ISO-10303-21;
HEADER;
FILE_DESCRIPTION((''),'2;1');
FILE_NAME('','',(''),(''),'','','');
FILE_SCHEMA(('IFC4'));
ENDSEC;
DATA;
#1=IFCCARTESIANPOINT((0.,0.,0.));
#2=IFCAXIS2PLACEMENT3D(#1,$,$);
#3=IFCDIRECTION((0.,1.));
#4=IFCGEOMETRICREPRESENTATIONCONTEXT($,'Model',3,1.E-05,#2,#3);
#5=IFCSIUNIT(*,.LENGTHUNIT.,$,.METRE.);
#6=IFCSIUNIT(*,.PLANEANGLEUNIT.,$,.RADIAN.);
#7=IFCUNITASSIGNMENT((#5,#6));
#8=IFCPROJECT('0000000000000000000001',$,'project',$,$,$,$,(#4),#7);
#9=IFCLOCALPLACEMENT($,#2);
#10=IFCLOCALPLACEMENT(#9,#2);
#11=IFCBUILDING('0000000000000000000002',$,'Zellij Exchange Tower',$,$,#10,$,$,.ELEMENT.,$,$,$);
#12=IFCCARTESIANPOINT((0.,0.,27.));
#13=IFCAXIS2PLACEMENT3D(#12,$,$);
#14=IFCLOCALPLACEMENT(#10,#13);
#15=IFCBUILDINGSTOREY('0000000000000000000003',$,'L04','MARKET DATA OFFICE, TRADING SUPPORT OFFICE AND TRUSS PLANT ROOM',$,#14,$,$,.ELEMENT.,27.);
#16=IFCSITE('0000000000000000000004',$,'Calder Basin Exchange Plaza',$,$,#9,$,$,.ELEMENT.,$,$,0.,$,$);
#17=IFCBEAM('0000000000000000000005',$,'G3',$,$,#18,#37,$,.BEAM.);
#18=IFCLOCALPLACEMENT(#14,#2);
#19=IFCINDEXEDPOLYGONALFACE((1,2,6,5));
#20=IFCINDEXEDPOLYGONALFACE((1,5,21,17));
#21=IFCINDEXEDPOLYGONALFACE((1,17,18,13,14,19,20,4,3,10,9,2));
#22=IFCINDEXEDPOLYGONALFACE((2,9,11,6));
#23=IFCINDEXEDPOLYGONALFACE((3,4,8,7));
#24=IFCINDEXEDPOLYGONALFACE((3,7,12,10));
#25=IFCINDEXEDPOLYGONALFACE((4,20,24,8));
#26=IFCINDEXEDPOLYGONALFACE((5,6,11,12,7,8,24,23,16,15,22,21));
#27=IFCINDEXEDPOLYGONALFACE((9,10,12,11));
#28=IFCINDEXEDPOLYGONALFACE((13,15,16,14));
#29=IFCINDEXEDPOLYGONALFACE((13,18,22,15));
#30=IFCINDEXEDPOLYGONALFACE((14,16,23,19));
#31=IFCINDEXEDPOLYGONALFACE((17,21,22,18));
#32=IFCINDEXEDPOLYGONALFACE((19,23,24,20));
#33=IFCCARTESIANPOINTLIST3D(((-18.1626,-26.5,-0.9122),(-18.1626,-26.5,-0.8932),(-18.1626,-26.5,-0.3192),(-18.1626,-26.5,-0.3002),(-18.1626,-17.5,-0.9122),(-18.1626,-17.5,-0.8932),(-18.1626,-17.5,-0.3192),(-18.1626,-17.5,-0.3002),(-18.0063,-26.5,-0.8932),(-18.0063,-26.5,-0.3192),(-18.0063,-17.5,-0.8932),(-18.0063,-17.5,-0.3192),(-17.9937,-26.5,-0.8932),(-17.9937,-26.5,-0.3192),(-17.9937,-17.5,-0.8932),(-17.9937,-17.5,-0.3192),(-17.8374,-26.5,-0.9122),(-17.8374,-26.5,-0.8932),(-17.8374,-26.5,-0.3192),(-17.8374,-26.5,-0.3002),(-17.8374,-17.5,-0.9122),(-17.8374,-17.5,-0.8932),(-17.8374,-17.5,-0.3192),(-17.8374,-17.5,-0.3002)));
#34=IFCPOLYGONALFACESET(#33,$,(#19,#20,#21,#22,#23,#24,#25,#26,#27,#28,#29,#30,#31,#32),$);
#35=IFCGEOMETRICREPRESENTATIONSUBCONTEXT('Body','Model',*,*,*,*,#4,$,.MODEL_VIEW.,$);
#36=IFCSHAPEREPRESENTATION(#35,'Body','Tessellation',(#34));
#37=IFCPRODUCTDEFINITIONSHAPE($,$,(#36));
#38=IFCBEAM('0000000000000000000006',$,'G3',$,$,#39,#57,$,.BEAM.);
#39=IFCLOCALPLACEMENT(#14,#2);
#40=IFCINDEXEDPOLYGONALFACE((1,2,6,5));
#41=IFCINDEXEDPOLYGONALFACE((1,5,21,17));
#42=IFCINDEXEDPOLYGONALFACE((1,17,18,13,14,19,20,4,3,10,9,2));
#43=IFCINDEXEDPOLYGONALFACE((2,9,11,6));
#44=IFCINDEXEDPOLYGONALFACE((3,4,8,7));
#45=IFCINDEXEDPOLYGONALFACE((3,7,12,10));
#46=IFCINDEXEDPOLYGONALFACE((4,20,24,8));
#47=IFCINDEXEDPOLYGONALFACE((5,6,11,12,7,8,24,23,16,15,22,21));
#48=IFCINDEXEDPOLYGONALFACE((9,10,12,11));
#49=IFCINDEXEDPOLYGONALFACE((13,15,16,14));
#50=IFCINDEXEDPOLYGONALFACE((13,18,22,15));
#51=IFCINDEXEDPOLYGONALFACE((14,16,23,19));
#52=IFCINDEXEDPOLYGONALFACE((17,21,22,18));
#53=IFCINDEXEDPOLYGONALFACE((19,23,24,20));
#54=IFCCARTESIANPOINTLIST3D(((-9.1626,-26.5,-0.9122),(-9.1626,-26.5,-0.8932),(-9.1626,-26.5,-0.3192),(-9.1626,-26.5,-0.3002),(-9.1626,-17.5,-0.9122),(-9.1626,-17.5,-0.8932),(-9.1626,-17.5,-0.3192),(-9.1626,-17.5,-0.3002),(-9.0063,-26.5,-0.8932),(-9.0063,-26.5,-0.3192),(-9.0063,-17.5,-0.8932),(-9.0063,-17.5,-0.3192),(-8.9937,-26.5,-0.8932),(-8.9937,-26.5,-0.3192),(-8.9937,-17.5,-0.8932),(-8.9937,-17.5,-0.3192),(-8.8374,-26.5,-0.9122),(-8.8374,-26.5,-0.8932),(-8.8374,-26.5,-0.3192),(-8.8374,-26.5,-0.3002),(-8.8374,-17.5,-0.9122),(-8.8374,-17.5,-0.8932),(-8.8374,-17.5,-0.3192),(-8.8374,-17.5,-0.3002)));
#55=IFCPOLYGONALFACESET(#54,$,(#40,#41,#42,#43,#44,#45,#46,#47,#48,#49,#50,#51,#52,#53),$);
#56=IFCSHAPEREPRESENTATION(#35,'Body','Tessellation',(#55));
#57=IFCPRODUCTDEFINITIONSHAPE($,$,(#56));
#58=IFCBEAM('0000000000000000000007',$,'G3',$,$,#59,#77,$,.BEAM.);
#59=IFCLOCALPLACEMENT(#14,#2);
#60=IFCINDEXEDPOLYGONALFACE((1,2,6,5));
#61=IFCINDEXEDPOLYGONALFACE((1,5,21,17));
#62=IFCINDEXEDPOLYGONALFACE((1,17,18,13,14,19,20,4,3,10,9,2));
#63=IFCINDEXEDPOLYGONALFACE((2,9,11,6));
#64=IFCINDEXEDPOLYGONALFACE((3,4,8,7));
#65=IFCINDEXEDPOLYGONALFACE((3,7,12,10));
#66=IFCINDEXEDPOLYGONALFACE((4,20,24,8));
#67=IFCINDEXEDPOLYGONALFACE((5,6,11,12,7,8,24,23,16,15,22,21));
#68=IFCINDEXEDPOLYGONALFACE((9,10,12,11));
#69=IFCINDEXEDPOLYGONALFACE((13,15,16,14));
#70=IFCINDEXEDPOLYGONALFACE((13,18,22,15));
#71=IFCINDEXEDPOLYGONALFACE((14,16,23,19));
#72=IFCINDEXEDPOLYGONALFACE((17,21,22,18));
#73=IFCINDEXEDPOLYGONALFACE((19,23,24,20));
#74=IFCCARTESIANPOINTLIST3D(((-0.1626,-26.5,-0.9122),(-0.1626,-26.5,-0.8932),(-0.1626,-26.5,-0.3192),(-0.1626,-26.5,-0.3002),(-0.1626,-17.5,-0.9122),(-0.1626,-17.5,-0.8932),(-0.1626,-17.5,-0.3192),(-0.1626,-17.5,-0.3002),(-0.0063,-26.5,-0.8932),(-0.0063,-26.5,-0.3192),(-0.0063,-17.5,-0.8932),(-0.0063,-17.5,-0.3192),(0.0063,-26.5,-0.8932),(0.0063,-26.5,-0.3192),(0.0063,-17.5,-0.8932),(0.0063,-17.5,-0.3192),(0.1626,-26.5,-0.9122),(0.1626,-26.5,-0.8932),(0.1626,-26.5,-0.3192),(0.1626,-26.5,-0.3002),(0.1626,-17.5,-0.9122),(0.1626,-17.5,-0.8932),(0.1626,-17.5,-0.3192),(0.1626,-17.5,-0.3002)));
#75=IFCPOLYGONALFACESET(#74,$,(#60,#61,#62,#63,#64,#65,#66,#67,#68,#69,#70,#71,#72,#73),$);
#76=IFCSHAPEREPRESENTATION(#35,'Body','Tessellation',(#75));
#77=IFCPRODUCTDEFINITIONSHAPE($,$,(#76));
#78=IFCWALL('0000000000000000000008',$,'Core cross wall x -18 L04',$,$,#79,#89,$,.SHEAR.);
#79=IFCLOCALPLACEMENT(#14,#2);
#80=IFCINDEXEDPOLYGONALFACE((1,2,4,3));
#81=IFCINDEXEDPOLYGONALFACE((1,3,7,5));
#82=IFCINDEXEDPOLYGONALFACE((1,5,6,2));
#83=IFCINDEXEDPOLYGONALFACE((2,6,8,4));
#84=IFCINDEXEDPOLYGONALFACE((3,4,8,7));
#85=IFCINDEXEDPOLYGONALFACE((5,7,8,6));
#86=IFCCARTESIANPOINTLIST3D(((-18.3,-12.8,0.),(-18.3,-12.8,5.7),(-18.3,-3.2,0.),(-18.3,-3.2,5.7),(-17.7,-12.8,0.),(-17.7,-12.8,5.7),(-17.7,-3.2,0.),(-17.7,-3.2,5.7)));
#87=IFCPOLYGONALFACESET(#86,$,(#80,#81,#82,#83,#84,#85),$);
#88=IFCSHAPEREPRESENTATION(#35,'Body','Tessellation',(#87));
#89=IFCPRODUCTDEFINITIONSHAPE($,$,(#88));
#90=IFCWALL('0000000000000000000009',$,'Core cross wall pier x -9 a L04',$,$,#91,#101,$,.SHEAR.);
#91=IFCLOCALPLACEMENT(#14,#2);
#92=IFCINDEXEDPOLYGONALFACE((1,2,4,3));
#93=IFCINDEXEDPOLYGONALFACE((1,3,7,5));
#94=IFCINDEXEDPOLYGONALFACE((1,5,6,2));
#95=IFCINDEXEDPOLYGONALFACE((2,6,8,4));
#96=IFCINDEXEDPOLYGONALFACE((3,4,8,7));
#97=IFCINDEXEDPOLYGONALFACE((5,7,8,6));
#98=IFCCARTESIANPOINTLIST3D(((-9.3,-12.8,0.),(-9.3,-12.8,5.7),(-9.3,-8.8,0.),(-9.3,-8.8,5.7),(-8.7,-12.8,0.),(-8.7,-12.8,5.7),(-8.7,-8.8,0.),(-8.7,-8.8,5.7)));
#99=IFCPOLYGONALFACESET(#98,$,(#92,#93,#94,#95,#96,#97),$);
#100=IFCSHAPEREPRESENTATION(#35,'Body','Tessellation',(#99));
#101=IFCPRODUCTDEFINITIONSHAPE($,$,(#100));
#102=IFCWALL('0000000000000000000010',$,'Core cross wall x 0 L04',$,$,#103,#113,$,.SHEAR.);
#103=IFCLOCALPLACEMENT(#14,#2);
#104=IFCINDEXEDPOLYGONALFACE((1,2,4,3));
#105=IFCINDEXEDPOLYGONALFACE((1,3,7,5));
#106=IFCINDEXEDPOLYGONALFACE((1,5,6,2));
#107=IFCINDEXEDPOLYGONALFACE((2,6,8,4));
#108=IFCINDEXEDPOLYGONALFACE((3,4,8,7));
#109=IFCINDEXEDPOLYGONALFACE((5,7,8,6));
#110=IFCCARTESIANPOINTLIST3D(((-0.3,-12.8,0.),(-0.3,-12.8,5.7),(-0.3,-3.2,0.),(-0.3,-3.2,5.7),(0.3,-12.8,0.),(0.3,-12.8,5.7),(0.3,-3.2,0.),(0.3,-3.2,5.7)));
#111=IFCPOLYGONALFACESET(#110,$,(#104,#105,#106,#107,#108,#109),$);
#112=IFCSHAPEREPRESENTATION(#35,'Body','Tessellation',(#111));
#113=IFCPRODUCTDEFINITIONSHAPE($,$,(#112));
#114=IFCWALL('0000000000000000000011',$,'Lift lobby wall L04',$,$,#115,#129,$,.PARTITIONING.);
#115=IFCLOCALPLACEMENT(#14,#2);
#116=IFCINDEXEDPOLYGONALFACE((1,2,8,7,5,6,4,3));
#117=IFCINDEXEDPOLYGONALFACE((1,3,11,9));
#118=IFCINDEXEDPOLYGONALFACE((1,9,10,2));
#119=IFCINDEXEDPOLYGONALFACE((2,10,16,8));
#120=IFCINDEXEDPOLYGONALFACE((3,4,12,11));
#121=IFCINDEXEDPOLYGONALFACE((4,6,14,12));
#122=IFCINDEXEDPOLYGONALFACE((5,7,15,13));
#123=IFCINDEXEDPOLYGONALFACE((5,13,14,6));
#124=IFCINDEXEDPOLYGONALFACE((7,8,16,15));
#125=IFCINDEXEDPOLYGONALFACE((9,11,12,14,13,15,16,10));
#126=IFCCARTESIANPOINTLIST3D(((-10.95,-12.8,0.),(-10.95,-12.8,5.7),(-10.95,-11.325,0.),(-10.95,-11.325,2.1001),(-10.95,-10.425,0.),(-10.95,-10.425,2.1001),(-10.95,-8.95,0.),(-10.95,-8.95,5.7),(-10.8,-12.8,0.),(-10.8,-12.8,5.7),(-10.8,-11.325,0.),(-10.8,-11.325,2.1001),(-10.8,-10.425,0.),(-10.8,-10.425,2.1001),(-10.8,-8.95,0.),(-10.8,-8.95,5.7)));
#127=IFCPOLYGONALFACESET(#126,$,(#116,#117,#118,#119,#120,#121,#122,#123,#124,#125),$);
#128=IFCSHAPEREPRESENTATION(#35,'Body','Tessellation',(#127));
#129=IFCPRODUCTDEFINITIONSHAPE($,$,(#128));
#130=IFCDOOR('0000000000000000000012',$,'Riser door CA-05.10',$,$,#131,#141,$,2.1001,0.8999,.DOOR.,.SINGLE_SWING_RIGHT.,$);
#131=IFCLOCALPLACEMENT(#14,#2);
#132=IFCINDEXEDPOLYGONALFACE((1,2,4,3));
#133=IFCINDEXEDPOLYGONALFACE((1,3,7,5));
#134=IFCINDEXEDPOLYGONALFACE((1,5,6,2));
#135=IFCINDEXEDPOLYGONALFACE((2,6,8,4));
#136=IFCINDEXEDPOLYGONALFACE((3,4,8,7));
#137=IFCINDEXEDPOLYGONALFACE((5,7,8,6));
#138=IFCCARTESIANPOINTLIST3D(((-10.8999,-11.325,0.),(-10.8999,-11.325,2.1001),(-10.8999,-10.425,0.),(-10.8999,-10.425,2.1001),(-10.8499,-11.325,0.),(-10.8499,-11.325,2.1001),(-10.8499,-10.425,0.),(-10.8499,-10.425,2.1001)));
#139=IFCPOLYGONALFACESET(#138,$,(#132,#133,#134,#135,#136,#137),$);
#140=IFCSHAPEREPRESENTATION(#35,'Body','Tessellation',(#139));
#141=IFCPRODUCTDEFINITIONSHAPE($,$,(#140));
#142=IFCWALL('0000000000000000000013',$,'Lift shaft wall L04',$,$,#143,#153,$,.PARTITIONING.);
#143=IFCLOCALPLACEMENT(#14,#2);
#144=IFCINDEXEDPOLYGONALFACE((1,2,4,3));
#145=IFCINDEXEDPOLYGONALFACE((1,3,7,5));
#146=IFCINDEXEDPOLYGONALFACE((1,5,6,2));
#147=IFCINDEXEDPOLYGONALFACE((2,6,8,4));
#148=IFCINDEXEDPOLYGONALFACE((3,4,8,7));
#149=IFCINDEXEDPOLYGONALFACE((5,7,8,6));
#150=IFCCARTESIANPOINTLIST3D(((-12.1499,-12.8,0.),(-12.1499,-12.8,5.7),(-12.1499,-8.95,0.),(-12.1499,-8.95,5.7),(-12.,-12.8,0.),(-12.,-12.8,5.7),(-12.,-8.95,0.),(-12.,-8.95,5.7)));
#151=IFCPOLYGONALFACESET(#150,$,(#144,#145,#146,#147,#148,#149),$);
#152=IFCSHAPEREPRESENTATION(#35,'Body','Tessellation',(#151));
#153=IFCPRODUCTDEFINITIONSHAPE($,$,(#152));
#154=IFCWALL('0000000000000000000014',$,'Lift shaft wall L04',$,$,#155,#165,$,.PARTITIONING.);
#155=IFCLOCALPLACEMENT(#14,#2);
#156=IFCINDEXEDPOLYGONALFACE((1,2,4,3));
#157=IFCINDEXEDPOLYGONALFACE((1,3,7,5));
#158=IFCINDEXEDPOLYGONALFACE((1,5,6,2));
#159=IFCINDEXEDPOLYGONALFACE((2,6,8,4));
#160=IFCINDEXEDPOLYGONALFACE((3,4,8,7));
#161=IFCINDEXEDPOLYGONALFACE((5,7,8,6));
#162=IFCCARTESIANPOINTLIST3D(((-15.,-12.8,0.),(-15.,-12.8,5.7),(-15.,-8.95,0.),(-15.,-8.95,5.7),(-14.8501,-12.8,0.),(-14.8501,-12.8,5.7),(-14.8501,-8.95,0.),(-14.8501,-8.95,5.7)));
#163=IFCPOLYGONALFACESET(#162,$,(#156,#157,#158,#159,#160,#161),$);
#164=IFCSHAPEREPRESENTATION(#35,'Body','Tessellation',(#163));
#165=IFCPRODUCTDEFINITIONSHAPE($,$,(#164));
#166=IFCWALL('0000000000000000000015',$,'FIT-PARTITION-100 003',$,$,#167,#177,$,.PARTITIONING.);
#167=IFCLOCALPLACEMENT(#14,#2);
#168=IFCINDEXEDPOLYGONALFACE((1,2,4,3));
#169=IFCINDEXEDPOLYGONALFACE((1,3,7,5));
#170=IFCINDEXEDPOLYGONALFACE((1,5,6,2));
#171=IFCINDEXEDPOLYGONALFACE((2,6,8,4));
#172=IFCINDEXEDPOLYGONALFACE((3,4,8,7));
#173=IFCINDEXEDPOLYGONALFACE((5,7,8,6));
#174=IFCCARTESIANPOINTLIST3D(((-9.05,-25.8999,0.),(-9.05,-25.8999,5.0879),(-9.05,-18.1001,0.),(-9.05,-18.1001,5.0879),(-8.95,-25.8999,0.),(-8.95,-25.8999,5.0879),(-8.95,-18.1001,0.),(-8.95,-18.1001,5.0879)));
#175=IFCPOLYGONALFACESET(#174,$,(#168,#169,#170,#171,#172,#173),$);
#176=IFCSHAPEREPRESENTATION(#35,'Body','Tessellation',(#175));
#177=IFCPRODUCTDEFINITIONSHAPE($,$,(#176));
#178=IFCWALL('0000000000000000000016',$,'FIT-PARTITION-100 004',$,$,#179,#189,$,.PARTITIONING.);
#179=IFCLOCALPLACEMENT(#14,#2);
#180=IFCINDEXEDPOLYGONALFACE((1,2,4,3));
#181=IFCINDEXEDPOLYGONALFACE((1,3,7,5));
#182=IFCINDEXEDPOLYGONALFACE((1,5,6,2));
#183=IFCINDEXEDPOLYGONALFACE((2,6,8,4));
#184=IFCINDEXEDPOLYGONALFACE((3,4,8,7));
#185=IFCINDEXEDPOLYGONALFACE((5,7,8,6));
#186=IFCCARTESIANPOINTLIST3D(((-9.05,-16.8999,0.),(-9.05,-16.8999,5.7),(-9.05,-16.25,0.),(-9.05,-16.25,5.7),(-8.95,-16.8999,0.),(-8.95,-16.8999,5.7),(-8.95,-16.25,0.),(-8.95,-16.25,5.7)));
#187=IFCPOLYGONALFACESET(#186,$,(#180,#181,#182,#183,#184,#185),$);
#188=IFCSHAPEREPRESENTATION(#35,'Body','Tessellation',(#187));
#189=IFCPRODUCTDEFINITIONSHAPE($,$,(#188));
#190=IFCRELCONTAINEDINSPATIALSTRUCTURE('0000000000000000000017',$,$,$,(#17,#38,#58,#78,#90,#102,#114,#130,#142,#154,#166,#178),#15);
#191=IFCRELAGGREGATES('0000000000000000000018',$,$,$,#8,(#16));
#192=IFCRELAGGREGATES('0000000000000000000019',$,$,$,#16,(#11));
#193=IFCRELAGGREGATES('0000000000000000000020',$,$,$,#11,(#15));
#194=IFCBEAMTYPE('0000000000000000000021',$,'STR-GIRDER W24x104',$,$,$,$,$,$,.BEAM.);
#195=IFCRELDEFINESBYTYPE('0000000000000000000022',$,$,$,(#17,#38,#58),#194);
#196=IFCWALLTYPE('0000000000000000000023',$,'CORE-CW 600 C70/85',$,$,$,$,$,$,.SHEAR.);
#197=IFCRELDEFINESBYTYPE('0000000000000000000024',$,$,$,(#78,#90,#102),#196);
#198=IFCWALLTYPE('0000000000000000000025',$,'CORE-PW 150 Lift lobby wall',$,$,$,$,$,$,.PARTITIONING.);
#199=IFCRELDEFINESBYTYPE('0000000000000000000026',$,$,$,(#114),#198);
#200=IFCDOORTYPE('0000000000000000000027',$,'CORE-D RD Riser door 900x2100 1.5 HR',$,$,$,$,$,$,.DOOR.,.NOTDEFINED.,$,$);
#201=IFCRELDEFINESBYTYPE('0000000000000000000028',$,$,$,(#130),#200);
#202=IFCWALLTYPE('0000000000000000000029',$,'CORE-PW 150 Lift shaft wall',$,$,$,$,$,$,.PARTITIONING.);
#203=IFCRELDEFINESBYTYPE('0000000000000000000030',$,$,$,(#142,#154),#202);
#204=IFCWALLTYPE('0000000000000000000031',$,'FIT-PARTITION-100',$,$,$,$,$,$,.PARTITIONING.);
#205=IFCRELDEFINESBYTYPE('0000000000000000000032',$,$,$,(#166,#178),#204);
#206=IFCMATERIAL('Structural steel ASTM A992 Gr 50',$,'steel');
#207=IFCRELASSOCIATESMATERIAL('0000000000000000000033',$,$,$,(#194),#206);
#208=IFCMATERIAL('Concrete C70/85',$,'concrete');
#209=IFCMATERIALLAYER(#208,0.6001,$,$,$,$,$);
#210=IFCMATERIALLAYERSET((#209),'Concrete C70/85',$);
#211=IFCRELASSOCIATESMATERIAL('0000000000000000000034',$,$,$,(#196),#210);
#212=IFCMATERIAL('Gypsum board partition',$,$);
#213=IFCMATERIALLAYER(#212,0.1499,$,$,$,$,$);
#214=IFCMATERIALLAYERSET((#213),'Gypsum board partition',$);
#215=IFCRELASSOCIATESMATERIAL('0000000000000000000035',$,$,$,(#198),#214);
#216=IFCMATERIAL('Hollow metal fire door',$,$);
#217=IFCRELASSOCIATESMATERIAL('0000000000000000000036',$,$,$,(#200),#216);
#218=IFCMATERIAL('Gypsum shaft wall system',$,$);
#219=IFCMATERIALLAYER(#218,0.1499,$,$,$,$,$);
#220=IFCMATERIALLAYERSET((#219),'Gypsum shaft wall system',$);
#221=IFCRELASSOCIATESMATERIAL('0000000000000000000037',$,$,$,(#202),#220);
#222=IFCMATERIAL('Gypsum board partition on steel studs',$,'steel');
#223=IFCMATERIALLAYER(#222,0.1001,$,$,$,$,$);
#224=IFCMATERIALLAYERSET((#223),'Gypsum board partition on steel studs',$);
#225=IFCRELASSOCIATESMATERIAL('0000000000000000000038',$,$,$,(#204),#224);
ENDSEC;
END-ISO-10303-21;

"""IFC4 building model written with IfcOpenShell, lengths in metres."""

from ifc_helpers import new_model, si_unit, direction, frame, frame_2d, origin, origin_2d, place, context, subcontext, project, spatial, rectangle, i_section, extrude, material, layer, layer_set, material_profile, profile_set, type_object, element, fill, save


model = new_model("IFC4")

# Units and contexts
model_context = context("Model", 3, precision=1e-05, world=origin(), true_north=direction((0.0, 1.0)))
body_context = subcontext(model_context, "Body", "Model", "MODEL_VIEW")
ifc_project = project(units=[si_unit("LENGTHUNIT", "METRE"), si_unit("PLANEANGLEUNIT", "RADIAN")], contexts=[model_context])

# Site, building, storey
site_placement = place(None, origin())
site = spatial("IfcSite", under=ifc_project, at=site_placement, Name="Calder Basin Exchange Plaza", CompositionType="ELEMENT", RefElevation=0.0)
building_placement = place(site_placement, origin())
building = spatial("IfcBuilding", under=site, at=building_placement, Name="Zellij Exchange Tower", CompositionType="ELEMENT")
storey_placement = place(building_placement, frame((0.0, 0.0, 27.0)))
storey = spatial("IfcBuildingStorey", under=building, at=storey_placement, Name="L04", Description="MARKET DATA OFFICE, TRADING SUPPORT OFFICE AND TRUSS PLANT ROOM", CompositionType="ELEMENT", Elevation=27.0)

# Shared definitions
ifc_material_1 = material(Name="Concrete C70/85", Category="concrete")

# Beams
ifc_material_2 = material(Name="Structural steel ASTM A992 Gr 50", Category="steel")
ifc_material_profile_1 = material_profile(ifc_material_2, i_section(OverallWidth=0.3252, OverallDepth=0.6121, WebThickness=0.0127, FlangeThickness=0.019, at=origin_2d()), Name="W24x104")
ifc_profile_set_1 = profile_set([ifc_material_profile_1], Name="Structural steel ASTM A992 Gr 50")
beam_type_1 = type_object("IfcBeamType", Name="STR-GIRDER W24x104", PredefinedType="BEAM", material=ifc_profile_set_1)
for number, where, z_axis, x_axis, name in (
    (1, (-18.0, -26.5, -0.6062), (0.0, 1.0, 0.0), (-1.0, 0.0, 0.0), "G3"),
    (2, (-9.0, -26.5, -0.6062), (0.0, 1.0, 0.0), (-1.0, 0.0, 0.0), "G3"),
    (3, (0.0, -26.5, -0.6062), (0.0, 1.0, 0.0), (-1.0, 0.0, 0.0), "G3"),
):
    element("IfcBeam", number, at=place(storey_placement, frame(where, z_axis=z_axis, x_axis=x_axis)), inside=storey, type_object=beam_type_1, Name=name, PredefinedType="BEAM", context=body_context, shape_type="SweptSolid", body=[
        extrude(i_section(OverallWidth=0.3252, OverallDepth=0.6121, WebThickness=0.0127, FlangeThickness=0.019, at=origin_2d()), origin(), (0.0, 0.0, 1.0), 9.0),
    ])

# Walls
ifc_layer_1 = layer(ifc_material_1, 0.6001)
ifc_layer_set_1 = layer_set([ifc_layer_1], Name="Concrete C70/85")
wall_type_1 = type_object("IfcWallType", Name="CORE-CW 600 C70/85", PredefinedType="SHEAR", material=ifc_layer_set_1)
wall_1_placement = place(storey_placement, frame((-18.0, -12.8, 0.0), z_axis=(0.0, 0.0, 1.0), x_axis=(0.0, 1.0, 0.0)))
element("IfcWall", 4, at=wall_1_placement, inside=storey, type_object=wall_type_1, Name="Core cross wall x -18 L04", PredefinedType="SHEAR", context=body_context, shape_type="SweptSolid", body=[
    extrude(rectangle(XDim=9.6001, YDim=0.6001, at=frame_2d((4.8, 0.0))), origin(), (0.0, 0.0, 1.0), 5.7),
])
wall_2_placement = place(storey_placement, frame((-9.0, -12.8, 0.0), z_axis=(0.0, 0.0, 1.0), x_axis=(0.0, 1.0, 0.0)))
element("IfcWall", 5, at=wall_2_placement, inside=storey, type_object=wall_type_1, Name="Core cross wall pier x -9 a L04", PredefinedType="SHEAR", context=body_context, shape_type="SweptSolid", body=[
    extrude(rectangle(XDim=4.0, YDim=0.6001, at=frame_2d((2.0, 0.0))), origin(), (0.0, 0.0, 1.0), 5.7),
])
wall_3_placement = place(storey_placement, frame((0.0, -12.8, 0.0), z_axis=(0.0, 0.0, 1.0), x_axis=(0.0, 1.0, 0.0)))
element("IfcWall", 6, at=wall_3_placement, inside=storey, type_object=wall_type_1, Name="Core cross wall x 0 L04", PredefinedType="SHEAR", context=body_context, shape_type="SweptSolid", body=[
    extrude(rectangle(XDim=9.6001, YDim=0.6001, at=frame_2d((4.8, 0.0))), origin(), (0.0, 0.0, 1.0), 5.7),
])

# Wall, opening, door
ifc_material_3 = material(Name="Gypsum board partition")
ifc_layer_2 = layer(ifc_material_3, 0.1499)
ifc_layer_set_2 = layer_set([ifc_layer_2], Name="Gypsum board partition")
wall_type_2 = type_object("IfcWallType", Name="CORE-PW 150 Lift lobby wall", PredefinedType="PARTITIONING", material=ifc_layer_set_2)
wall_4_placement = place(storey_placement, frame((-10.875, -12.8, 0.0), z_axis=(0.0, 0.0, 1.0), x_axis=(0.0, 1.0, 0.0)))
wall_4 = element("IfcWall", 7, at=wall_4_placement, inside=storey, type_object=wall_type_2, Name="Lift lobby wall L04", PredefinedType="PARTITIONING", context=body_context, shape_type="SweptSolid", body=[
    extrude(rectangle(XDim=3.8501, YDim=0.1499, at=frame_2d((1.925, 0.0))), origin(), (0.0, 0.0, 1.0), 5.7),
])
opening_placement = place(wall_4_placement, frame((1.4751, 0.0, 0.0)))
opening = element("IfcOpeningElement", 8, at=opening_placement, cuts=wall_4, PredefinedType="OPENING", context=body_context, shape_type="SweptSolid", body=[
    extrude(rectangle(XDim=0.8999, YDim=2.1001, at=frame_2d((0.45, 1.05))), frame((0.0, 0.0869, 0.0), z_axis=(0.0, -1.0, 0.0), x_axis=(1.0, 0.0, 0.0)), (0.0, 0.0, 1.0), 0.1738),
])
ifc_material_4 = material(Name="Hollow metal fire door")
door_type = type_object("IfcDoorType", Name="CORE-D RD Riser door 900x2100 1.5 HR", OperationType="NOTDEFINED", PredefinedType="DOOR", material=ifc_material_4)
door_placement = place(opening_placement, origin())
door = element("IfcDoor", 9, at=door_placement, inside=storey, type_object=door_type, Name="Riser door CA-05.10", OperationType="SINGLE_SWING_RIGHT", OverallHeight=2.1001, OverallWidth=0.8999, PredefinedType="DOOR", context=body_context, shape_type="SweptSolid", body=[
    extrude(rectangle(XDim=0.8999, YDim=2.1001, at=frame_2d((0.45, 1.05))), frame((0.0, 0.0249, 0.0), z_axis=(0.0, -1.0, 0.0), x_axis=(1.0, 0.0, 0.0)), (0.0, 0.0, 1.0), 0.05),
])
fill(opening, door)

# Walls
ifc_material_5 = material(Name="Gypsum shaft wall system")
ifc_layer_3 = layer(ifc_material_5, 0.1499)
ifc_layer_set_3 = layer_set([ifc_layer_3], Name="Gypsum shaft wall system")
wall_type_3 = type_object("IfcWallType", Name="CORE-PW 150 Lift shaft wall", PredefinedType="PARTITIONING", material=ifc_layer_set_3)
for number, where, z_axis, x_axis, name in (
    (10, (-12.075, -12.8, 0.0), (0.0, 0.0, 1.0), (0.0, 1.0, 0.0), "Lift shaft wall L04"),
    (11, (-14.925, -12.8, 0.0), (0.0, 0.0, 1.0), (0.0, 1.0, 0.0), "Lift shaft wall L04"),
):
    element("IfcWall", number, at=place(storey_placement, frame(where, z_axis=z_axis, x_axis=x_axis)), inside=storey, type_object=wall_type_3, Name=name, PredefinedType="PARTITIONING", context=body_context, shape_type="SweptSolid", body=[
        extrude(rectangle(XDim=3.8501, YDim=0.1499, at=frame_2d((1.925, 0.0))), origin(), (0.0, 0.0, 1.0), 5.7),
    ])
ifc_material_6 = material(Name="Gypsum board partition on steel studs", Category="steel")
ifc_layer_4 = layer(ifc_material_6, 0.1001)
ifc_layer_set_4 = layer_set([ifc_layer_4], Name="Gypsum board partition on steel studs")
wall_type_4 = type_object("IfcWallType", Name="FIT-PARTITION-100", PredefinedType="PARTITIONING", material=ifc_layer_set_4)
wall_5_placement = place(storey_placement, frame((-9.0, -25.8999, 0.0), z_axis=(0.0, 0.0, 1.0), x_axis=(0.0, 1.0, 0.0)))
element("IfcWall", 12, at=wall_5_placement, inside=storey, type_object=wall_type_4, Name="FIT-PARTITION-100 003", PredefinedType="PARTITIONING", context=body_context, shape_type="SweptSolid", body=[
    extrude(rectangle(XDim=7.7998, YDim=0.1001, at=frame_2d((3.8999, 0.0))), origin(), (0.0, 0.0, 1.0), 5.0879),
])
wall_6_placement = place(storey_placement, frame((-9.0, -16.8999, 0.0), z_axis=(0.0, 0.0, 1.0), x_axis=(0.0, 1.0, 0.0)))
element("IfcWall", 13, at=wall_6_placement, inside=storey, type_object=wall_type_4, Name="FIT-PARTITION-100 004", PredefinedType="PARTITIONING", context=body_context, shape_type="SweptSolid", body=[
    extrude(rectangle(XDim=0.6499, YDim=0.1001, at=frame_2d((0.325, 0.0))), origin(), (0.0, 0.0, 1.0), 5.7),
])

save(model, "model.ifc")
